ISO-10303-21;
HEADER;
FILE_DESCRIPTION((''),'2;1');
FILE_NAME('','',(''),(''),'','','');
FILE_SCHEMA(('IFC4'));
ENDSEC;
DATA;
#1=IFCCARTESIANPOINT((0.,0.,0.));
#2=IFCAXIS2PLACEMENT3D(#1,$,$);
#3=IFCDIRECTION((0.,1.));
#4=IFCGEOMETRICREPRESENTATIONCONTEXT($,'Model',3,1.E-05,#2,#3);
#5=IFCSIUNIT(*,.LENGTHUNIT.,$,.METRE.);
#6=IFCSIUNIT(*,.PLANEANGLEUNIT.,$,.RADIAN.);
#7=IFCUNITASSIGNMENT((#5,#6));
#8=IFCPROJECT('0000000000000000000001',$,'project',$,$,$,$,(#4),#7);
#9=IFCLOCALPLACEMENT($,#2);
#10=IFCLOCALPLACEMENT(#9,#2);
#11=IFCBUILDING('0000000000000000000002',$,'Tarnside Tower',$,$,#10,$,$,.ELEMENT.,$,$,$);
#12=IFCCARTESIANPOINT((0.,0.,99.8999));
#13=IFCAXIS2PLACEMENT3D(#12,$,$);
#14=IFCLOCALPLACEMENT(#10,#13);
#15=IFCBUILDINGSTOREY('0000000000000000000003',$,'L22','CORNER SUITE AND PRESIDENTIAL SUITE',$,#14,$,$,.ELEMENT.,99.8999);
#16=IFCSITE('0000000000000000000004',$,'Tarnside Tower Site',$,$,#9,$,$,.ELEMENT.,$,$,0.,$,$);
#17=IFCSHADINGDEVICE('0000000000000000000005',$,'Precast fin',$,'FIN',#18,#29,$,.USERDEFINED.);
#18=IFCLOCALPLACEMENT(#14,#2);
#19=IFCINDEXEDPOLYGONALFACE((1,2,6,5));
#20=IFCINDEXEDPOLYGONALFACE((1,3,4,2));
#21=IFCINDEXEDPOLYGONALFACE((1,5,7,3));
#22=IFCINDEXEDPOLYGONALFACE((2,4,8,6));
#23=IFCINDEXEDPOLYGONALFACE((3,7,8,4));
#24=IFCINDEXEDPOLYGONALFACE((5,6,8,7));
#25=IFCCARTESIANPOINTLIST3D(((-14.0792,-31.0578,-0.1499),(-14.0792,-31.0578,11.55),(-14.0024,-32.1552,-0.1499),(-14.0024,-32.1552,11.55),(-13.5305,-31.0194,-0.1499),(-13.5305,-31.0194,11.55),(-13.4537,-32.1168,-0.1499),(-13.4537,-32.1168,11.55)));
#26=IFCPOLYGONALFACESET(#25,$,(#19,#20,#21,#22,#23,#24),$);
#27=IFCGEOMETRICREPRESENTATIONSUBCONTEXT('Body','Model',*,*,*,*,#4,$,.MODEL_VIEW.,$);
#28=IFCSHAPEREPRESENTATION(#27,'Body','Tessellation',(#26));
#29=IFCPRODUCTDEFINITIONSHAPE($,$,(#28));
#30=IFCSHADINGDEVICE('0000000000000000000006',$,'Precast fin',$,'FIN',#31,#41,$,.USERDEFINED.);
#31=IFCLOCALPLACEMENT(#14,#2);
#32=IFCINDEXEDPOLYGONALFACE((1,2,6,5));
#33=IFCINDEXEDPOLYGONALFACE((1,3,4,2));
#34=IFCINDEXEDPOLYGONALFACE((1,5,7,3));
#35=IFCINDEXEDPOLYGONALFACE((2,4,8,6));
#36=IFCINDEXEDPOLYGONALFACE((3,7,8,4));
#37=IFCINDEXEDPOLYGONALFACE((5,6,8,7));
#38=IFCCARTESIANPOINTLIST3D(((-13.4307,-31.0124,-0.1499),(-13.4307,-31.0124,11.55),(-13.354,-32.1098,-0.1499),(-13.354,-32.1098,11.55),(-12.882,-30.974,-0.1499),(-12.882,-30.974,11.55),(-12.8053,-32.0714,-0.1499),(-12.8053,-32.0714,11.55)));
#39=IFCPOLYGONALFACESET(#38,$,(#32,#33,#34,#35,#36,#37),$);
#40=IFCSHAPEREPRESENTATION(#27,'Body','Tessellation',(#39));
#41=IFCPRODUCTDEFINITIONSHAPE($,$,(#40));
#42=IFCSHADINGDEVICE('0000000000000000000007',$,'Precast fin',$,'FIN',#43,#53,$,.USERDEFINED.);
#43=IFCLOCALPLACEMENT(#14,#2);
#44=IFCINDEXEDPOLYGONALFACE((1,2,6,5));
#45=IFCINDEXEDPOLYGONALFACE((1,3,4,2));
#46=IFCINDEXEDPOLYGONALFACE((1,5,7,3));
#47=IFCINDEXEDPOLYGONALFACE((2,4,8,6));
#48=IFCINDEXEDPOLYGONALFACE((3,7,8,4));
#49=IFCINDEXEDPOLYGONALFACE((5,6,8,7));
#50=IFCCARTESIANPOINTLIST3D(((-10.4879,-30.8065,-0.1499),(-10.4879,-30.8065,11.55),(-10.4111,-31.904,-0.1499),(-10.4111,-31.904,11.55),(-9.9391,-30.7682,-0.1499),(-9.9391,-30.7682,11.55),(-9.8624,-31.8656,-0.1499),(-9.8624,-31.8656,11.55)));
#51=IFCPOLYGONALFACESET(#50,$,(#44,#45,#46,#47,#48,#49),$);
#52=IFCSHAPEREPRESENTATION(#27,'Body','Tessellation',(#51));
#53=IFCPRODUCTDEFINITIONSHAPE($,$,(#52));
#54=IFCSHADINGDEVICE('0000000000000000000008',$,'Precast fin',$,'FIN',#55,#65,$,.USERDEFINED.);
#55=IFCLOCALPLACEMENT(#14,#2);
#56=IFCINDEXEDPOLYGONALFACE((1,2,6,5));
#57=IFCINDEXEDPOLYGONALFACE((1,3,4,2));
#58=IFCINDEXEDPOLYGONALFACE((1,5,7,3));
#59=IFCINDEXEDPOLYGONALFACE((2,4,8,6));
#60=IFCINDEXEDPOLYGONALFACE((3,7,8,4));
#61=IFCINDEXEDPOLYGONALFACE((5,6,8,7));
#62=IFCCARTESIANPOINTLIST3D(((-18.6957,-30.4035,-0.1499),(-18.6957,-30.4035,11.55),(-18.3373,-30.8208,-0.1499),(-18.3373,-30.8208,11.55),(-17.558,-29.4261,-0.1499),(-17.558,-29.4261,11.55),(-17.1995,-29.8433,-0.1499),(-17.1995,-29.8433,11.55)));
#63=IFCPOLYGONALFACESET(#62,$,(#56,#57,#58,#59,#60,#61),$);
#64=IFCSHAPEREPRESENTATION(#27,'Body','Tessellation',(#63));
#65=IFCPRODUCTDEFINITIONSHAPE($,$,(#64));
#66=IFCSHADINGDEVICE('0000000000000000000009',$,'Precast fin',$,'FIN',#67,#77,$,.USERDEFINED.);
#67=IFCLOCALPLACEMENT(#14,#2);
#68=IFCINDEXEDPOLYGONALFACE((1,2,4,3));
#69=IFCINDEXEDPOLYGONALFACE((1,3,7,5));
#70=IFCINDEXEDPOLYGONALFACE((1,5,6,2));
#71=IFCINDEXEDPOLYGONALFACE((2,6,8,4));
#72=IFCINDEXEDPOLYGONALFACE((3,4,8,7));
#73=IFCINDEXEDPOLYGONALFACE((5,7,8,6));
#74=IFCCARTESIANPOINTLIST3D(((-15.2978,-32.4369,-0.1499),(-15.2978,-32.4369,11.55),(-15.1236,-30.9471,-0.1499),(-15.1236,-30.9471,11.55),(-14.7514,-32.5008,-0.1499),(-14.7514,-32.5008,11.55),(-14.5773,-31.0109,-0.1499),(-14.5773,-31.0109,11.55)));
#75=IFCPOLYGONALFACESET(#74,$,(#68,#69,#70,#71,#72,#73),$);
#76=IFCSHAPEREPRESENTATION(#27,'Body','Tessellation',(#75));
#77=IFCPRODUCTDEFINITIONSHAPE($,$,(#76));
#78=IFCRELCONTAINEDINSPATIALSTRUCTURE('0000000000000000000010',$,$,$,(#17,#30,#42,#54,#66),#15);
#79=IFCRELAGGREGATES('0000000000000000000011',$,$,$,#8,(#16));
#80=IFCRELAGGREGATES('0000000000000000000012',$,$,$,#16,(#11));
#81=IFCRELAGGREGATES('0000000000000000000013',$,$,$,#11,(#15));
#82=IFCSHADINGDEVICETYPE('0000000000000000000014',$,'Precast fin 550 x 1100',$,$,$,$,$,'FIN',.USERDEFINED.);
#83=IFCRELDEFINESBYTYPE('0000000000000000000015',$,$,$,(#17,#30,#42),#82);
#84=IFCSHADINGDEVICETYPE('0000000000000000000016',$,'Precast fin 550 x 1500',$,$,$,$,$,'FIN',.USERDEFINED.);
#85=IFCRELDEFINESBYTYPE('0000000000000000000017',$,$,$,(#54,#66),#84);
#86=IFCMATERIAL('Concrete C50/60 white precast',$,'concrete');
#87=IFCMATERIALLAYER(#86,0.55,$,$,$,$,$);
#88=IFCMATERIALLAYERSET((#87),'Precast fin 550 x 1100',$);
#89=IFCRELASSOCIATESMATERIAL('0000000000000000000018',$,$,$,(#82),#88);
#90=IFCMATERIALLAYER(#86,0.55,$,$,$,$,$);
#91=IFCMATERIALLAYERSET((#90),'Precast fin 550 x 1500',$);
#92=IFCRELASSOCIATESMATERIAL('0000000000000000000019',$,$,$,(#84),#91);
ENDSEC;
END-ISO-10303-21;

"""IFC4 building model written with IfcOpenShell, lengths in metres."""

from ifc_helpers import new_model, si_unit, direction, frame, origin, place, context, subcontext, project, spatial, polyline, outline, extrude, material, layer, layer_set, type_object, element, save


model = new_model("IFC4")

# Units and contexts
model_context = context("Model", 3, precision=1e-05, world=origin(), true_north=direction((0.0, 1.0)))
body_context = subcontext(model_context, "Body", "Model", "MODEL_VIEW")
ifc_project = project(units=[si_unit("LENGTHUNIT", "METRE"), si_unit("PLANEANGLEUNIT", "RADIAN")], contexts=[model_context])

# Site, building, storey
site_placement = place(None, origin())
site = spatial("IfcSite", under=ifc_project, at=site_placement, Name="Tarnside Tower Site", CompositionType="ELEMENT", RefElevation=0.0)
building_placement = place(site_placement, origin())
building = spatial("IfcBuilding", under=site, at=building_placement, Name="Tarnside Tower", CompositionType="ELEMENT")
storey_placement = place(building_placement, frame((0.0, 0.0, 99.8999)))
storey = spatial("IfcBuildingStorey", under=building, at=storey_placement, Name="L22", Description="CORNER SUITE AND PRESIDENTIAL SUITE", CompositionType="ELEMENT", Elevation=99.8999)

# Shading devices
ifc_material_1 = material(Name="Concrete C50/60 white precast", Category="concrete")
ifc_layer_1 = layer(ifc_material_1, 0.55)
ifc_layer_set_1 = layer_set([ifc_layer_1], Name="Precast fin 550 x 1100")
shading_device_type_1 = type_object("IfcShadingDeviceType", Name="Precast fin 550 x 1100", ElementType="FIN", PredefinedType="USERDEFINED", material=ifc_layer_set_1)
for number, where, z_axis, x_axis, name in (
    (1, (-13.8047, -31.0386, -0.1499), (-0.997564, -0.069756, 0.0), (0.069756, -0.997564, 0.0), "Precast fin"),
    (2, (-13.1562, -30.9932, -0.1499), (-0.997564, -0.069756, 0.0), (0.069756, -0.997564, 0.0), "Precast fin"),
    (3, (-10.2134, -30.7874, -0.1499), (-0.997564, -0.069756, 0.0), (0.069756, -0.997564, 0.0), "Precast fin"),
):
    element("IfcShadingDevice", number, at=place(storey_placement, frame(where, z_axis=z_axis, x_axis=x_axis)), inside=storey, type_object=shading_device_type_1, Name=name, ObjectType="FIN", PredefinedType="USERDEFINED", context=body_context, shape_type="SweptSolid", body=[
        extrude(outline(polyline([(0.0, 0.0), (1.1001, 0.0), (1.1001, 11.7), (0.0, 11.7), (0.0, 0.0)])), frame((0.0, 0.0, -0.2749)), (0.0, 0.0, 1.0), 0.55),
    ])
ifc_layer_2 = layer(ifc_material_1, 0.55)
ifc_layer_set_2 = layer_set([ifc_layer_2], Name="Precast fin 550 x 1500")
shading_device_type_2 = type_object("IfcShadingDeviceType", Name="Precast fin 550 x 1500", ElementType="FIN", PredefinedType="USERDEFINED", material=ifc_layer_set_2)
for number, where, z_axis, x_axis, name in (
    (4, (-17.3787, -29.6348, -0.1499), (-0.651657, 0.758514, 0.0), (-0.758514, -0.651657, 0.0), "Precast fin"),
    (5, (-14.8503, -30.979, -0.1499), (-0.993238, 0.116093, 0.0), (-0.116093, -0.993238, 0.0), "Precast fin"),
):
    element("IfcShadingDevice", number, at=place(storey_placement, frame(where, z_axis=z_axis, x_axis=x_axis)), inside=storey, type_object=shading_device_type_2, Name=name, ObjectType="FIN", PredefinedType="USERDEFINED", context=body_context, shape_type="SweptSolid", body=[
        extrude(outline(polyline([(0.0, 0.0), (1.5, 0.0), (1.5, 11.7), (0.0, 11.7), (0.0, 0.0)])), frame((0.0, 0.0, -0.2749)), (0.0, 0.0, 1.0), 0.55),
    ])

save(model, "model.ifc")
